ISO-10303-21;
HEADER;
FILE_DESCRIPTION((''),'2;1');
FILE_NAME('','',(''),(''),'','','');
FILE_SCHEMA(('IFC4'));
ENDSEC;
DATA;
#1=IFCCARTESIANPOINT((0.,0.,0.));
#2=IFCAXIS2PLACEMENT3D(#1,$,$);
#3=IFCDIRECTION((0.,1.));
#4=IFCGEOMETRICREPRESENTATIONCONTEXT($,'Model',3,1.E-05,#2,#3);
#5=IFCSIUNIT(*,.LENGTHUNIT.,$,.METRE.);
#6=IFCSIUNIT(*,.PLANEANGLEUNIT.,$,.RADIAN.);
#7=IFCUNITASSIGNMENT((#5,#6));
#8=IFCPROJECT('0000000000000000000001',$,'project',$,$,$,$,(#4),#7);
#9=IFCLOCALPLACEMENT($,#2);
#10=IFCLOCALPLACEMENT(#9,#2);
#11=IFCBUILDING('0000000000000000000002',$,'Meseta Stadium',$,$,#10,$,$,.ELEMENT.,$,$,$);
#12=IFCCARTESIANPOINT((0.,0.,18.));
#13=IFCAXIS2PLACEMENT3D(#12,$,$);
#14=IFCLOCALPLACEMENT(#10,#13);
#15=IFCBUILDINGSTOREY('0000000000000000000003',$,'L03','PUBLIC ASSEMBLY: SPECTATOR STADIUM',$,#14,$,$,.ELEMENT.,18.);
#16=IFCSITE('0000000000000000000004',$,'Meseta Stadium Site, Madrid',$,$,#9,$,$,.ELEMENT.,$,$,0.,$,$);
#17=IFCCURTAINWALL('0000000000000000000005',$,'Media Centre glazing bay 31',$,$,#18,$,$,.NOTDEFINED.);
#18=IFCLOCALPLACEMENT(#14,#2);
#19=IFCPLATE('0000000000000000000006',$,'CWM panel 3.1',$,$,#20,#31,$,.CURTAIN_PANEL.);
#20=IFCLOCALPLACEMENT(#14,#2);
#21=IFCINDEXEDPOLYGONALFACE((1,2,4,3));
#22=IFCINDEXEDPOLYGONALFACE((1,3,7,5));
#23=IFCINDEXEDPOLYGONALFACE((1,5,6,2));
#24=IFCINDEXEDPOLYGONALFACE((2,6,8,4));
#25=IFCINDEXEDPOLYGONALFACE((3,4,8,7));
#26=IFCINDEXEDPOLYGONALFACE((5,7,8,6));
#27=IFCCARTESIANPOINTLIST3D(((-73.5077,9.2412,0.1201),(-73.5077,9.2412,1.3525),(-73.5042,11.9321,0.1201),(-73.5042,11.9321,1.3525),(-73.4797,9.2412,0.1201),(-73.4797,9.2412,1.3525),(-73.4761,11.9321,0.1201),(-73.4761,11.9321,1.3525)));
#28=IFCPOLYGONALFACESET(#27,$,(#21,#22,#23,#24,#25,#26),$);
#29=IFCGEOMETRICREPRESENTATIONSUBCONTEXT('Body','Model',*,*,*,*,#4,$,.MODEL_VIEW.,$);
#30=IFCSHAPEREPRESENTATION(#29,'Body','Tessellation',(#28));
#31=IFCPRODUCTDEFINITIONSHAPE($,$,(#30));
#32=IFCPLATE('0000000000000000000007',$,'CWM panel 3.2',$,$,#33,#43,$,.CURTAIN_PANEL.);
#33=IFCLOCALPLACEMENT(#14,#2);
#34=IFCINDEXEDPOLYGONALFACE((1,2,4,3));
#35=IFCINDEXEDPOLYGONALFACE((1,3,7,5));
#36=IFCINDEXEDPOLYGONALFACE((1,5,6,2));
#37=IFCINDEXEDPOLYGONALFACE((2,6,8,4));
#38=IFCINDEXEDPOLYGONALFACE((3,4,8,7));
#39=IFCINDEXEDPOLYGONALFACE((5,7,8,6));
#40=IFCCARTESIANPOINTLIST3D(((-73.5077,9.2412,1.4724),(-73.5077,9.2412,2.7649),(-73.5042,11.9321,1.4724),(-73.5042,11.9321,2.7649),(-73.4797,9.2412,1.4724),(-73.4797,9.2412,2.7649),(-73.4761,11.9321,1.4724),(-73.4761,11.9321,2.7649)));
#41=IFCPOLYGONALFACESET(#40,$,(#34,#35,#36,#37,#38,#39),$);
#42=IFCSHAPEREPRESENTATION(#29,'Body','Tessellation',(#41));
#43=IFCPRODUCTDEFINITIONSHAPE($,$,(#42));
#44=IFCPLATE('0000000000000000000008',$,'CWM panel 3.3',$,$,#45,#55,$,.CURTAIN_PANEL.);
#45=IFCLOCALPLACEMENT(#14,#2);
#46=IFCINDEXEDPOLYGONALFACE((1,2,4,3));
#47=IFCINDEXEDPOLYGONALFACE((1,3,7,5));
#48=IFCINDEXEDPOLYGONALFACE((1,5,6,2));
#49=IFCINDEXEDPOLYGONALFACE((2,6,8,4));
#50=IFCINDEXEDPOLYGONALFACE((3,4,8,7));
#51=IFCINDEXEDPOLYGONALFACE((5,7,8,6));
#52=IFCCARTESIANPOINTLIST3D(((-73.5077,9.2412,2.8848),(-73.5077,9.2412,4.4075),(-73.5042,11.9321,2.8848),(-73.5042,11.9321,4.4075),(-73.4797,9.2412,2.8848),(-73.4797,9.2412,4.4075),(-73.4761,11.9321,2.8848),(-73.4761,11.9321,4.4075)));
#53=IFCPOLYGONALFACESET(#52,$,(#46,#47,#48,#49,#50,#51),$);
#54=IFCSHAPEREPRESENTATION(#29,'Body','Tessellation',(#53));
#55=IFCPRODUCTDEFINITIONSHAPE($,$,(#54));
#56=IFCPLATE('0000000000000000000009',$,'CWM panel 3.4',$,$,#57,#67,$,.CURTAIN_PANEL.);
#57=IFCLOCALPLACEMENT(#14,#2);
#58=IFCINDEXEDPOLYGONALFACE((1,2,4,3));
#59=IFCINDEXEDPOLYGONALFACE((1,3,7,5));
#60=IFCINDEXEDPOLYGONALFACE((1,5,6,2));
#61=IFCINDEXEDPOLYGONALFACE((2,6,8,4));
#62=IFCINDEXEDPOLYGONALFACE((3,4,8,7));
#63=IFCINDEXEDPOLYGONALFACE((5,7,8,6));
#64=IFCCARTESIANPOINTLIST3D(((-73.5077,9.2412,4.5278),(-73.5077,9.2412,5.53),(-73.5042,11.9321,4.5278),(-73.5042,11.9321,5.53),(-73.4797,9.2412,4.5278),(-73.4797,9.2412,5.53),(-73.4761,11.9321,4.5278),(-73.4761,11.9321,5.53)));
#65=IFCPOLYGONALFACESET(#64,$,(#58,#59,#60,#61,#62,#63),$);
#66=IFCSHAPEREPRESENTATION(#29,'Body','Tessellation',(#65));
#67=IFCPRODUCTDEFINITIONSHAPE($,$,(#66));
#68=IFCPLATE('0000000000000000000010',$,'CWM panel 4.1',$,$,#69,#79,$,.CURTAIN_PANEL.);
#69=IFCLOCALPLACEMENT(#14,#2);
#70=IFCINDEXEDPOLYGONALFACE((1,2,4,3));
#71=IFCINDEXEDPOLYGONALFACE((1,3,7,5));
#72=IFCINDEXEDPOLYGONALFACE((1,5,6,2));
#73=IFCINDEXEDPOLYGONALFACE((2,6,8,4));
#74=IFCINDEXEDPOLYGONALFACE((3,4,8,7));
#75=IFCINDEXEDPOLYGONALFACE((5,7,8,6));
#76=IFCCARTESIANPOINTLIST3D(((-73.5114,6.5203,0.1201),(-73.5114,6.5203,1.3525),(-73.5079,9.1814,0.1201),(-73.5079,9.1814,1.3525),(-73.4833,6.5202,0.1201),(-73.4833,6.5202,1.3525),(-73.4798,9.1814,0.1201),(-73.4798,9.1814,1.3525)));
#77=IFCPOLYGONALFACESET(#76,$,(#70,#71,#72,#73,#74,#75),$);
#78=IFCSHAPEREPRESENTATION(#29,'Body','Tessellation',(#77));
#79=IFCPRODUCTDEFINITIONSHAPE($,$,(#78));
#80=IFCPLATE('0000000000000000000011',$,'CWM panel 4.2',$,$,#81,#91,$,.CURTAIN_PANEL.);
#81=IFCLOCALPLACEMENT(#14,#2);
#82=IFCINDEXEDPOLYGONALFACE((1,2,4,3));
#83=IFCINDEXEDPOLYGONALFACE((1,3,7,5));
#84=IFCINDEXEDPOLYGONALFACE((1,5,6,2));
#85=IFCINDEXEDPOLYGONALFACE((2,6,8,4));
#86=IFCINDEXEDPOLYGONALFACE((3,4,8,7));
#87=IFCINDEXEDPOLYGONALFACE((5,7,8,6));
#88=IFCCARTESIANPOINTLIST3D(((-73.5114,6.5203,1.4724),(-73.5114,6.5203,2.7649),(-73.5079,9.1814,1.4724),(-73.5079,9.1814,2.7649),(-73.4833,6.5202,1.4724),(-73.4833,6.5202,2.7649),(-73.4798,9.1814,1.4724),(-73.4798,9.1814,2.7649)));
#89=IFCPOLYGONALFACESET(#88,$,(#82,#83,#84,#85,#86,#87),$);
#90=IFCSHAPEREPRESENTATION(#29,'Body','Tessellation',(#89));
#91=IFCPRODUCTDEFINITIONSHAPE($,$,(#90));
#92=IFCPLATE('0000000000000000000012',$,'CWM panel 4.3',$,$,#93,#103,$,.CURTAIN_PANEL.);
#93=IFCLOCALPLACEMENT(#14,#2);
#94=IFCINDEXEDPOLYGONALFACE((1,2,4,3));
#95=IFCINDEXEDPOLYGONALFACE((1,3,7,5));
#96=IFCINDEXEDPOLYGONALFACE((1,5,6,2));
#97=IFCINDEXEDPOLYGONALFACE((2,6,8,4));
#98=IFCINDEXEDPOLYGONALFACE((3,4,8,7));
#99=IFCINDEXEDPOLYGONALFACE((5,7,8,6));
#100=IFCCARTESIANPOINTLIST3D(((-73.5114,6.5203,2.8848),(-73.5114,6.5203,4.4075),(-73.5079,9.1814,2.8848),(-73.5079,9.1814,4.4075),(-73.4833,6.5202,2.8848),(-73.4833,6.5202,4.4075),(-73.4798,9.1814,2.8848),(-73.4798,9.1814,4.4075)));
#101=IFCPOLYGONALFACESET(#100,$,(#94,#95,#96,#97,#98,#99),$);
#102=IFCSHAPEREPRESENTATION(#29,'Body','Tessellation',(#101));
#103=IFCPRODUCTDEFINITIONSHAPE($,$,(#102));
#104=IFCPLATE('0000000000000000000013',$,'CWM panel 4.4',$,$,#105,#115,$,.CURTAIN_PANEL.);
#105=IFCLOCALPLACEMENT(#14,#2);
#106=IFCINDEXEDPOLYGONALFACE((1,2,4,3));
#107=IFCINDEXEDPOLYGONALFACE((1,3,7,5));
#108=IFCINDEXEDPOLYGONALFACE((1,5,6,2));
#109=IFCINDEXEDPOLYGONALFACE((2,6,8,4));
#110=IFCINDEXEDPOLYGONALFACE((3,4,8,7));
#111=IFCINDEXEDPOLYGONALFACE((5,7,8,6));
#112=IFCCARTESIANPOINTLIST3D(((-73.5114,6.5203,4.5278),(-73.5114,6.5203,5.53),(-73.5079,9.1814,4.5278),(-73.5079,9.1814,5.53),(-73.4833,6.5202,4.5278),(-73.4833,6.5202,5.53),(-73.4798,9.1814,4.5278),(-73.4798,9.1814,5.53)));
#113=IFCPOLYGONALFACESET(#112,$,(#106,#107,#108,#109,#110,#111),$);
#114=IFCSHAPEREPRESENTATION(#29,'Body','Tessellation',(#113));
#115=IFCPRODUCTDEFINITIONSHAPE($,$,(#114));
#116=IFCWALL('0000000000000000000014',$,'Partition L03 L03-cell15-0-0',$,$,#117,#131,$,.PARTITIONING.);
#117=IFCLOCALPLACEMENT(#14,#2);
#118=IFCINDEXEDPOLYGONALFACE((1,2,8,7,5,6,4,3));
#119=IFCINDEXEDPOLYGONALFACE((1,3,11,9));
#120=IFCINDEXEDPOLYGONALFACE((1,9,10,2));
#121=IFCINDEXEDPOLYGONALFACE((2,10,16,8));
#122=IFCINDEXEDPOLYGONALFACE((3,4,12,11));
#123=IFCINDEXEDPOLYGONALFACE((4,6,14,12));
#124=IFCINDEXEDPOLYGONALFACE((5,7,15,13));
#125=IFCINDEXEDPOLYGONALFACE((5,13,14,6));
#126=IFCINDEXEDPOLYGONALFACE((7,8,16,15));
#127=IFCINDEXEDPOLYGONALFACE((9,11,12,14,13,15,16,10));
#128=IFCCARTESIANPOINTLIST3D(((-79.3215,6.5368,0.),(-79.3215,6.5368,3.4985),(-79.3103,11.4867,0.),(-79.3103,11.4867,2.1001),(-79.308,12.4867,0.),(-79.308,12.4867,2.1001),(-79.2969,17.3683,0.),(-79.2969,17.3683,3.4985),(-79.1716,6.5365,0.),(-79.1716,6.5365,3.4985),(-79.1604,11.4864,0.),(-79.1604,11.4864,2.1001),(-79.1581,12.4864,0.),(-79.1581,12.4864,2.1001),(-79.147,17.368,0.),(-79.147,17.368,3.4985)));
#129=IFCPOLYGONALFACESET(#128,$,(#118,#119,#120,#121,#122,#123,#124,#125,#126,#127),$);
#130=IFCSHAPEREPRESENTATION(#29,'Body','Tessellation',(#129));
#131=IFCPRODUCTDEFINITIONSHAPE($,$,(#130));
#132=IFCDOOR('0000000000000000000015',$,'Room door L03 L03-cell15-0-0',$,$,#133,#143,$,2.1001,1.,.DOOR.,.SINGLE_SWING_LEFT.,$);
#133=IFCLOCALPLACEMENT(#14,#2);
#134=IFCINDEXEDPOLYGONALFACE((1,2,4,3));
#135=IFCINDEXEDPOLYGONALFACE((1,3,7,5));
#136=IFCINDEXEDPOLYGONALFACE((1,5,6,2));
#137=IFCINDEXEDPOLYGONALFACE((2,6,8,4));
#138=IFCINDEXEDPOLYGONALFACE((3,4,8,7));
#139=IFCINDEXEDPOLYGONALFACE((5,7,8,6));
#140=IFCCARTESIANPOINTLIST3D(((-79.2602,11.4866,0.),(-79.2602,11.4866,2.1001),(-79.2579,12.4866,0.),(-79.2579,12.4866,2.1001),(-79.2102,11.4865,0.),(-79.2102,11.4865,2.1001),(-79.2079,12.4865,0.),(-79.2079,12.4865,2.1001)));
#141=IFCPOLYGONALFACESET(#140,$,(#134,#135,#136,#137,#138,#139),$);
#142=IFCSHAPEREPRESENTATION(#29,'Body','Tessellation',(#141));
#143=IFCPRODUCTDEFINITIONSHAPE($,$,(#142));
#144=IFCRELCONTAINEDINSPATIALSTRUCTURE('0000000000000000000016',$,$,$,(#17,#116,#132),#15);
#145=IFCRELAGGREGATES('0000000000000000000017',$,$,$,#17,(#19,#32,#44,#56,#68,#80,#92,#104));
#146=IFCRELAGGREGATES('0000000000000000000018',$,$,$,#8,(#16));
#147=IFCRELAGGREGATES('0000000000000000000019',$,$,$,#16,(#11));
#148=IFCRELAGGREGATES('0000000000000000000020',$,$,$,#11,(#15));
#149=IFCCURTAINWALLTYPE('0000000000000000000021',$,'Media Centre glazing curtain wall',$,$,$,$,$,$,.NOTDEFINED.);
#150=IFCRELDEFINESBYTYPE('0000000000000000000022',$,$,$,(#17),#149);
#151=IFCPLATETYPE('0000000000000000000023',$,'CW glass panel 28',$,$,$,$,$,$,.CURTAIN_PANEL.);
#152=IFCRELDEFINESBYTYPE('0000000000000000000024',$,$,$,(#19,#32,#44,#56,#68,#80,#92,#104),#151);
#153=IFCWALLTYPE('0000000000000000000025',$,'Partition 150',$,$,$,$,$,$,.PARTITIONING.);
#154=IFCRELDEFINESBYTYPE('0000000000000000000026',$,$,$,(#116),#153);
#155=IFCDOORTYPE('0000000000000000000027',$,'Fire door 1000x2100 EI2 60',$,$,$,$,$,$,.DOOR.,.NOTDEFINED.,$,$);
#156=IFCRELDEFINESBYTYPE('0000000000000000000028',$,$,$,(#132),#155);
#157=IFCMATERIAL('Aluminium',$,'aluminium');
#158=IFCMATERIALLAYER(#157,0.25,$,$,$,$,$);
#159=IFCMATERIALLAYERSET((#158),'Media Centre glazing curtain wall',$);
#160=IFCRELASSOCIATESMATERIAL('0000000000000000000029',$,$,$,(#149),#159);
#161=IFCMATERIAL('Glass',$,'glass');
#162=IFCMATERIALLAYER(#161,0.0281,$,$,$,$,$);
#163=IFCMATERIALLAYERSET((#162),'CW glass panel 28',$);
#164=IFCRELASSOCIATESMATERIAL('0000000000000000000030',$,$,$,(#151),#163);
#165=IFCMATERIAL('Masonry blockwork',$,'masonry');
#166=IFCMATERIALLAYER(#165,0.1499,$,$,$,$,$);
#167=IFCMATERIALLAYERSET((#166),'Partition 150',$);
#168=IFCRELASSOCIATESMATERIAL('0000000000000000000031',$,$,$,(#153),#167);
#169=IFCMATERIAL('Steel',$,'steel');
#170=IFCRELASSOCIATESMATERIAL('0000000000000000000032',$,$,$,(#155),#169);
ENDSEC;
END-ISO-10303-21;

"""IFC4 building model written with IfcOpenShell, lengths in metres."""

from ifc_helpers import new_model, si_unit, direction, frame, frame_2d, origin, origin_2d, place, context, subcontext, project, spatial, rectangle, extrude, material, layer, layer_set, type_object, element, fill, aggregate, save


model = new_model("IFC4")

# Units and contexts
model_context = context("Model", 3, precision=1e-05, world=origin(), true_north=direction((0.0, 1.0)))
body_context = subcontext(model_context, "Body", "Model", "MODEL_VIEW")
ifc_project = project(units=[si_unit("LENGTHUNIT", "METRE"), si_unit("PLANEANGLEUNIT", "RADIAN")], contexts=[model_context])

# Site, building, storey
site_placement = place(None, origin())
site = spatial("IfcSite", under=ifc_project, at=site_placement, Name="Meseta Stadium Site, Madrid", CompositionType="ELEMENT", RefElevation=0.0)
building_placement = place(site_placement, origin())
building = spatial("IfcBuilding", under=site, at=building_placement, Name="Meseta Stadium", CompositionType="ELEMENT")
storey_placement = place(building_placement, frame((0.0, 0.0, 18.0)))
storey = spatial("IfcBuildingStorey", under=building, at=storey_placement, Name="L03", Description="PUBLIC ASSEMBLY: SPECTATOR STADIUM", CompositionType="ELEMENT", Elevation=18.0)

# Curtain wall
ifc_material_1 = material(Name="Aluminium", Category="aluminium")
ifc_layer_1 = layer(ifc_material_1, 0.25)
ifc_layer_set_1 = layer_set([ifc_layer_1], Name="Media Centre glazing curtain wall")
curtain_wall_type = type_object("IfcCurtainWallType", Name="Media Centre glazing curtain wall", PredefinedType="NOTDEFINED", material=ifc_layer_set_1)
curtain_wall_1_placement = place(storey_placement, origin())
curtain_wall_1 = element("IfcCurtainWall", 1, at=curtain_wall_1_placement, inside=storey, type_object=curtain_wall_type, Name="Media Centre glazing bay 31", PredefinedType="NOTDEFINED")

# Plates
ifc_material_2 = material(Name="Glass", Category="glass")
ifc_layer_2 = layer(ifc_material_2, 0.0281)
ifc_layer_set_2 = layer_set([ifc_layer_2], Name="CW glass panel 28")
plate_type = type_object("IfcPlateType", Name="CW glass panel 28", PredefinedType="CURTAIN_PANEL", material=ifc_layer_set_2)
plate_1_placement = place(storey_placement, frame((-73.4919, 10.5867, 0.1201), z_axis=(0.0, 0.0, 1.0), x_axis=(-0.001305, -0.999999, 0.0)))
plate_1 = element("IfcPlate", 2, at=plate_1_placement, type_object=plate_type, Name="CWM panel 3.1", PredefinedType="CURTAIN_PANEL", context=body_context, shape_type="SweptSolid", body=[
    extrude(rectangle(XDim=2.6909, YDim=0.0281, at=origin_2d()), origin(), (0.0, 0.0, 1.0), 1.2324),
])
plate_2_placement = place(storey_placement, frame((-73.4919, 10.5867, 1.4724), z_axis=(0.0, 0.0, 1.0), x_axis=(-0.001305, -0.999999, 0.0)))
plate_2 = element("IfcPlate", 3, at=plate_2_placement, type_object=plate_type, Name="CWM panel 3.2", PredefinedType="CURTAIN_PANEL", context=body_context, shape_type="SweptSolid", body=[
    extrude(rectangle(XDim=2.6909, YDim=0.0281, at=origin_2d()), origin(), (0.0, 0.0, 1.0), 1.2925),
])
plate_3_placement = place(storey_placement, frame((-73.4919, 10.5867, 2.8848), z_axis=(0.0, 0.0, 1.0), x_axis=(-0.001305, -0.999999, 0.0)))
plate_3 = element("IfcPlate", 4, at=plate_3_placement, type_object=plate_type, Name="CWM panel 3.3", PredefinedType="CURTAIN_PANEL", context=body_context, shape_type="SweptSolid", body=[
    extrude(rectangle(XDim=2.6909, YDim=0.0281, at=origin_2d()), origin(), (0.0, 0.0, 1.0), 1.5227),
])
plate_4_placement = place(storey_placement, frame((-73.4919, 10.5867, 4.5278), z_axis=(0.0, 0.0, 1.0), x_axis=(-0.001305, -0.999999, 0.0)))
plate_4 = element("IfcPlate", 5, at=plate_4_placement, type_object=plate_type, Name="CWM panel 3.4", PredefinedType="CURTAIN_PANEL", context=body_context, shape_type="SweptSolid", body=[
    extrude(rectangle(XDim=2.6909, YDim=0.0281, at=origin_2d()), origin(), (0.0, 0.0, 1.0), 1.0022),
])
plate_5_placement = place(storey_placement, frame((-73.4956, 7.8508, 0.1201), z_axis=(0.0, 0.0, 1.0), x_axis=(-0.001305, -0.999999, 0.0)))
plate_5 = element("IfcPlate", 6, at=plate_5_placement, type_object=plate_type, Name="CWM panel 4.1", PredefinedType="CURTAIN_PANEL", context=body_context, shape_type="SweptSolid", body=[
    extrude(rectangle(XDim=2.6611, YDim=0.0281, at=origin_2d()), origin(), (0.0, 0.0, 1.0), 1.2324),
])
plate_6_placement = place(storey_placement, frame((-73.4956, 7.8508, 1.4724), z_axis=(0.0, 0.0, 1.0), x_axis=(-0.001305, -0.999999, 0.0)))
plate_6 = element("IfcPlate", 7, at=plate_6_placement, type_object=plate_type, Name="CWM panel 4.2", PredefinedType="CURTAIN_PANEL", context=body_context, shape_type="SweptSolid", body=[
    extrude(rectangle(XDim=2.6611, YDim=0.0281, at=origin_2d()), origin(), (0.0, 0.0, 1.0), 1.2925),
])
plate_7_placement = place(storey_placement, frame((-73.4956, 7.8508, 2.8848), z_axis=(0.0, 0.0, 1.0), x_axis=(-0.001305, -0.999999, 0.0)))
plate_7 = element("IfcPlate", 8, at=plate_7_placement, type_object=plate_type, Name="CWM panel 4.3", PredefinedType="CURTAIN_PANEL", context=body_context, shape_type="SweptSolid", body=[
    extrude(rectangle(XDim=2.6611, YDim=0.0281, at=origin_2d()), origin(), (0.0, 0.0, 1.0), 1.5227),
])
plate_8_placement = place(storey_placement, frame((-73.4956, 7.8508, 4.5278), z_axis=(0.0, 0.0, 1.0), x_axis=(-0.001305, -0.999999, 0.0)))
plate_8 = element("IfcPlate", 9, at=plate_8_placement, type_object=plate_type, Name="CWM panel 4.4", PredefinedType="CURTAIN_PANEL", context=body_context, shape_type="SweptSolid", body=[
    extrude(rectangle(XDim=2.6611, YDim=0.0281, at=origin_2d()), origin(), (0.0, 0.0, 1.0), 1.0022),
])
aggregate(curtain_wall_1, [plate_1, plate_2, plate_3, plate_4, plate_5, plate_6, plate_7, plate_8])

# Wall, opening, door
ifc_material_3 = material(Name="Masonry blockwork", Category="masonry")
ifc_layer_3 = layer(ifc_material_3, 0.1499)
ifc_layer_set_3 = layer_set([ifc_layer_3], Name="Partition 150")
wall_type = type_object("IfcWallType", Name="Partition 150", PredefinedType="PARTITIONING", material=ifc_layer_set_3)
wall_placement = place(storey_placement, frame((-79.2466, 6.5366, 0.0), z_axis=(0.0, 0.0, 1.0), x_axis=(0.002277, 0.999997, 0.0)))
wall = element("IfcWall", 10, at=wall_placement, inside=storey, type_object=wall_type, Name="Partition L03 L03-cell15-0-0", PredefinedType="PARTITIONING", context=body_context, shape_type="SweptSolid", body=[
    extrude(rectangle(XDim=10.8315, YDim=0.1499, at=frame_2d((5.4158, 0.0))), origin(), (0.0, 0.0, 1.0), 3.4985),
])
opening_placement = place(wall_placement, frame((4.95, 0.0, 0.0)))
opening = element("IfcOpeningElement", 11, at=opening_placement, cuts=wall, PredefinedType="OPENING", context=body_context, shape_type="SweptSolid", body=[
    extrude(rectangle(XDim=1.0, YDim=2.1001, at=frame_2d((0.5, 1.05))), frame((0.0, 0.085, 0.0), z_axis=(0.0, -1.0, 0.0), x_axis=(1.0, 0.0, 0.0)), (0.0, 0.0, 1.0), 0.1699),
])
ifc_material_4 = material(Name="Steel", Category="steel")
door_type = type_object("IfcDoorType", Name="Fire door 1000x2100 EI2 60", OperationType="NOTDEFINED", PredefinedType="DOOR", material=ifc_material_4)
door_placement = place(opening_placement, origin())
door = element("IfcDoor", 12, at=door_placement, inside=storey, type_object=door_type, Name="Room door L03 L03-cell15-0-0", OperationType="SINGLE_SWING_LEFT", OverallHeight=2.1001, OverallWidth=1.0, PredefinedType="DOOR", context=body_context, shape_type="SweptSolid", body=[
    extrude(rectangle(XDim=1.0, YDim=2.1001, at=frame_2d((0.5, 1.05))), frame((0.0, 0.0249, 0.0), z_axis=(0.0, -1.0, 0.0), x_axis=(1.0, 0.0, 0.0)), (0.0, 0.0, 1.0), 0.05),
])
fill(opening, door)

save(model, "model.ifc")
